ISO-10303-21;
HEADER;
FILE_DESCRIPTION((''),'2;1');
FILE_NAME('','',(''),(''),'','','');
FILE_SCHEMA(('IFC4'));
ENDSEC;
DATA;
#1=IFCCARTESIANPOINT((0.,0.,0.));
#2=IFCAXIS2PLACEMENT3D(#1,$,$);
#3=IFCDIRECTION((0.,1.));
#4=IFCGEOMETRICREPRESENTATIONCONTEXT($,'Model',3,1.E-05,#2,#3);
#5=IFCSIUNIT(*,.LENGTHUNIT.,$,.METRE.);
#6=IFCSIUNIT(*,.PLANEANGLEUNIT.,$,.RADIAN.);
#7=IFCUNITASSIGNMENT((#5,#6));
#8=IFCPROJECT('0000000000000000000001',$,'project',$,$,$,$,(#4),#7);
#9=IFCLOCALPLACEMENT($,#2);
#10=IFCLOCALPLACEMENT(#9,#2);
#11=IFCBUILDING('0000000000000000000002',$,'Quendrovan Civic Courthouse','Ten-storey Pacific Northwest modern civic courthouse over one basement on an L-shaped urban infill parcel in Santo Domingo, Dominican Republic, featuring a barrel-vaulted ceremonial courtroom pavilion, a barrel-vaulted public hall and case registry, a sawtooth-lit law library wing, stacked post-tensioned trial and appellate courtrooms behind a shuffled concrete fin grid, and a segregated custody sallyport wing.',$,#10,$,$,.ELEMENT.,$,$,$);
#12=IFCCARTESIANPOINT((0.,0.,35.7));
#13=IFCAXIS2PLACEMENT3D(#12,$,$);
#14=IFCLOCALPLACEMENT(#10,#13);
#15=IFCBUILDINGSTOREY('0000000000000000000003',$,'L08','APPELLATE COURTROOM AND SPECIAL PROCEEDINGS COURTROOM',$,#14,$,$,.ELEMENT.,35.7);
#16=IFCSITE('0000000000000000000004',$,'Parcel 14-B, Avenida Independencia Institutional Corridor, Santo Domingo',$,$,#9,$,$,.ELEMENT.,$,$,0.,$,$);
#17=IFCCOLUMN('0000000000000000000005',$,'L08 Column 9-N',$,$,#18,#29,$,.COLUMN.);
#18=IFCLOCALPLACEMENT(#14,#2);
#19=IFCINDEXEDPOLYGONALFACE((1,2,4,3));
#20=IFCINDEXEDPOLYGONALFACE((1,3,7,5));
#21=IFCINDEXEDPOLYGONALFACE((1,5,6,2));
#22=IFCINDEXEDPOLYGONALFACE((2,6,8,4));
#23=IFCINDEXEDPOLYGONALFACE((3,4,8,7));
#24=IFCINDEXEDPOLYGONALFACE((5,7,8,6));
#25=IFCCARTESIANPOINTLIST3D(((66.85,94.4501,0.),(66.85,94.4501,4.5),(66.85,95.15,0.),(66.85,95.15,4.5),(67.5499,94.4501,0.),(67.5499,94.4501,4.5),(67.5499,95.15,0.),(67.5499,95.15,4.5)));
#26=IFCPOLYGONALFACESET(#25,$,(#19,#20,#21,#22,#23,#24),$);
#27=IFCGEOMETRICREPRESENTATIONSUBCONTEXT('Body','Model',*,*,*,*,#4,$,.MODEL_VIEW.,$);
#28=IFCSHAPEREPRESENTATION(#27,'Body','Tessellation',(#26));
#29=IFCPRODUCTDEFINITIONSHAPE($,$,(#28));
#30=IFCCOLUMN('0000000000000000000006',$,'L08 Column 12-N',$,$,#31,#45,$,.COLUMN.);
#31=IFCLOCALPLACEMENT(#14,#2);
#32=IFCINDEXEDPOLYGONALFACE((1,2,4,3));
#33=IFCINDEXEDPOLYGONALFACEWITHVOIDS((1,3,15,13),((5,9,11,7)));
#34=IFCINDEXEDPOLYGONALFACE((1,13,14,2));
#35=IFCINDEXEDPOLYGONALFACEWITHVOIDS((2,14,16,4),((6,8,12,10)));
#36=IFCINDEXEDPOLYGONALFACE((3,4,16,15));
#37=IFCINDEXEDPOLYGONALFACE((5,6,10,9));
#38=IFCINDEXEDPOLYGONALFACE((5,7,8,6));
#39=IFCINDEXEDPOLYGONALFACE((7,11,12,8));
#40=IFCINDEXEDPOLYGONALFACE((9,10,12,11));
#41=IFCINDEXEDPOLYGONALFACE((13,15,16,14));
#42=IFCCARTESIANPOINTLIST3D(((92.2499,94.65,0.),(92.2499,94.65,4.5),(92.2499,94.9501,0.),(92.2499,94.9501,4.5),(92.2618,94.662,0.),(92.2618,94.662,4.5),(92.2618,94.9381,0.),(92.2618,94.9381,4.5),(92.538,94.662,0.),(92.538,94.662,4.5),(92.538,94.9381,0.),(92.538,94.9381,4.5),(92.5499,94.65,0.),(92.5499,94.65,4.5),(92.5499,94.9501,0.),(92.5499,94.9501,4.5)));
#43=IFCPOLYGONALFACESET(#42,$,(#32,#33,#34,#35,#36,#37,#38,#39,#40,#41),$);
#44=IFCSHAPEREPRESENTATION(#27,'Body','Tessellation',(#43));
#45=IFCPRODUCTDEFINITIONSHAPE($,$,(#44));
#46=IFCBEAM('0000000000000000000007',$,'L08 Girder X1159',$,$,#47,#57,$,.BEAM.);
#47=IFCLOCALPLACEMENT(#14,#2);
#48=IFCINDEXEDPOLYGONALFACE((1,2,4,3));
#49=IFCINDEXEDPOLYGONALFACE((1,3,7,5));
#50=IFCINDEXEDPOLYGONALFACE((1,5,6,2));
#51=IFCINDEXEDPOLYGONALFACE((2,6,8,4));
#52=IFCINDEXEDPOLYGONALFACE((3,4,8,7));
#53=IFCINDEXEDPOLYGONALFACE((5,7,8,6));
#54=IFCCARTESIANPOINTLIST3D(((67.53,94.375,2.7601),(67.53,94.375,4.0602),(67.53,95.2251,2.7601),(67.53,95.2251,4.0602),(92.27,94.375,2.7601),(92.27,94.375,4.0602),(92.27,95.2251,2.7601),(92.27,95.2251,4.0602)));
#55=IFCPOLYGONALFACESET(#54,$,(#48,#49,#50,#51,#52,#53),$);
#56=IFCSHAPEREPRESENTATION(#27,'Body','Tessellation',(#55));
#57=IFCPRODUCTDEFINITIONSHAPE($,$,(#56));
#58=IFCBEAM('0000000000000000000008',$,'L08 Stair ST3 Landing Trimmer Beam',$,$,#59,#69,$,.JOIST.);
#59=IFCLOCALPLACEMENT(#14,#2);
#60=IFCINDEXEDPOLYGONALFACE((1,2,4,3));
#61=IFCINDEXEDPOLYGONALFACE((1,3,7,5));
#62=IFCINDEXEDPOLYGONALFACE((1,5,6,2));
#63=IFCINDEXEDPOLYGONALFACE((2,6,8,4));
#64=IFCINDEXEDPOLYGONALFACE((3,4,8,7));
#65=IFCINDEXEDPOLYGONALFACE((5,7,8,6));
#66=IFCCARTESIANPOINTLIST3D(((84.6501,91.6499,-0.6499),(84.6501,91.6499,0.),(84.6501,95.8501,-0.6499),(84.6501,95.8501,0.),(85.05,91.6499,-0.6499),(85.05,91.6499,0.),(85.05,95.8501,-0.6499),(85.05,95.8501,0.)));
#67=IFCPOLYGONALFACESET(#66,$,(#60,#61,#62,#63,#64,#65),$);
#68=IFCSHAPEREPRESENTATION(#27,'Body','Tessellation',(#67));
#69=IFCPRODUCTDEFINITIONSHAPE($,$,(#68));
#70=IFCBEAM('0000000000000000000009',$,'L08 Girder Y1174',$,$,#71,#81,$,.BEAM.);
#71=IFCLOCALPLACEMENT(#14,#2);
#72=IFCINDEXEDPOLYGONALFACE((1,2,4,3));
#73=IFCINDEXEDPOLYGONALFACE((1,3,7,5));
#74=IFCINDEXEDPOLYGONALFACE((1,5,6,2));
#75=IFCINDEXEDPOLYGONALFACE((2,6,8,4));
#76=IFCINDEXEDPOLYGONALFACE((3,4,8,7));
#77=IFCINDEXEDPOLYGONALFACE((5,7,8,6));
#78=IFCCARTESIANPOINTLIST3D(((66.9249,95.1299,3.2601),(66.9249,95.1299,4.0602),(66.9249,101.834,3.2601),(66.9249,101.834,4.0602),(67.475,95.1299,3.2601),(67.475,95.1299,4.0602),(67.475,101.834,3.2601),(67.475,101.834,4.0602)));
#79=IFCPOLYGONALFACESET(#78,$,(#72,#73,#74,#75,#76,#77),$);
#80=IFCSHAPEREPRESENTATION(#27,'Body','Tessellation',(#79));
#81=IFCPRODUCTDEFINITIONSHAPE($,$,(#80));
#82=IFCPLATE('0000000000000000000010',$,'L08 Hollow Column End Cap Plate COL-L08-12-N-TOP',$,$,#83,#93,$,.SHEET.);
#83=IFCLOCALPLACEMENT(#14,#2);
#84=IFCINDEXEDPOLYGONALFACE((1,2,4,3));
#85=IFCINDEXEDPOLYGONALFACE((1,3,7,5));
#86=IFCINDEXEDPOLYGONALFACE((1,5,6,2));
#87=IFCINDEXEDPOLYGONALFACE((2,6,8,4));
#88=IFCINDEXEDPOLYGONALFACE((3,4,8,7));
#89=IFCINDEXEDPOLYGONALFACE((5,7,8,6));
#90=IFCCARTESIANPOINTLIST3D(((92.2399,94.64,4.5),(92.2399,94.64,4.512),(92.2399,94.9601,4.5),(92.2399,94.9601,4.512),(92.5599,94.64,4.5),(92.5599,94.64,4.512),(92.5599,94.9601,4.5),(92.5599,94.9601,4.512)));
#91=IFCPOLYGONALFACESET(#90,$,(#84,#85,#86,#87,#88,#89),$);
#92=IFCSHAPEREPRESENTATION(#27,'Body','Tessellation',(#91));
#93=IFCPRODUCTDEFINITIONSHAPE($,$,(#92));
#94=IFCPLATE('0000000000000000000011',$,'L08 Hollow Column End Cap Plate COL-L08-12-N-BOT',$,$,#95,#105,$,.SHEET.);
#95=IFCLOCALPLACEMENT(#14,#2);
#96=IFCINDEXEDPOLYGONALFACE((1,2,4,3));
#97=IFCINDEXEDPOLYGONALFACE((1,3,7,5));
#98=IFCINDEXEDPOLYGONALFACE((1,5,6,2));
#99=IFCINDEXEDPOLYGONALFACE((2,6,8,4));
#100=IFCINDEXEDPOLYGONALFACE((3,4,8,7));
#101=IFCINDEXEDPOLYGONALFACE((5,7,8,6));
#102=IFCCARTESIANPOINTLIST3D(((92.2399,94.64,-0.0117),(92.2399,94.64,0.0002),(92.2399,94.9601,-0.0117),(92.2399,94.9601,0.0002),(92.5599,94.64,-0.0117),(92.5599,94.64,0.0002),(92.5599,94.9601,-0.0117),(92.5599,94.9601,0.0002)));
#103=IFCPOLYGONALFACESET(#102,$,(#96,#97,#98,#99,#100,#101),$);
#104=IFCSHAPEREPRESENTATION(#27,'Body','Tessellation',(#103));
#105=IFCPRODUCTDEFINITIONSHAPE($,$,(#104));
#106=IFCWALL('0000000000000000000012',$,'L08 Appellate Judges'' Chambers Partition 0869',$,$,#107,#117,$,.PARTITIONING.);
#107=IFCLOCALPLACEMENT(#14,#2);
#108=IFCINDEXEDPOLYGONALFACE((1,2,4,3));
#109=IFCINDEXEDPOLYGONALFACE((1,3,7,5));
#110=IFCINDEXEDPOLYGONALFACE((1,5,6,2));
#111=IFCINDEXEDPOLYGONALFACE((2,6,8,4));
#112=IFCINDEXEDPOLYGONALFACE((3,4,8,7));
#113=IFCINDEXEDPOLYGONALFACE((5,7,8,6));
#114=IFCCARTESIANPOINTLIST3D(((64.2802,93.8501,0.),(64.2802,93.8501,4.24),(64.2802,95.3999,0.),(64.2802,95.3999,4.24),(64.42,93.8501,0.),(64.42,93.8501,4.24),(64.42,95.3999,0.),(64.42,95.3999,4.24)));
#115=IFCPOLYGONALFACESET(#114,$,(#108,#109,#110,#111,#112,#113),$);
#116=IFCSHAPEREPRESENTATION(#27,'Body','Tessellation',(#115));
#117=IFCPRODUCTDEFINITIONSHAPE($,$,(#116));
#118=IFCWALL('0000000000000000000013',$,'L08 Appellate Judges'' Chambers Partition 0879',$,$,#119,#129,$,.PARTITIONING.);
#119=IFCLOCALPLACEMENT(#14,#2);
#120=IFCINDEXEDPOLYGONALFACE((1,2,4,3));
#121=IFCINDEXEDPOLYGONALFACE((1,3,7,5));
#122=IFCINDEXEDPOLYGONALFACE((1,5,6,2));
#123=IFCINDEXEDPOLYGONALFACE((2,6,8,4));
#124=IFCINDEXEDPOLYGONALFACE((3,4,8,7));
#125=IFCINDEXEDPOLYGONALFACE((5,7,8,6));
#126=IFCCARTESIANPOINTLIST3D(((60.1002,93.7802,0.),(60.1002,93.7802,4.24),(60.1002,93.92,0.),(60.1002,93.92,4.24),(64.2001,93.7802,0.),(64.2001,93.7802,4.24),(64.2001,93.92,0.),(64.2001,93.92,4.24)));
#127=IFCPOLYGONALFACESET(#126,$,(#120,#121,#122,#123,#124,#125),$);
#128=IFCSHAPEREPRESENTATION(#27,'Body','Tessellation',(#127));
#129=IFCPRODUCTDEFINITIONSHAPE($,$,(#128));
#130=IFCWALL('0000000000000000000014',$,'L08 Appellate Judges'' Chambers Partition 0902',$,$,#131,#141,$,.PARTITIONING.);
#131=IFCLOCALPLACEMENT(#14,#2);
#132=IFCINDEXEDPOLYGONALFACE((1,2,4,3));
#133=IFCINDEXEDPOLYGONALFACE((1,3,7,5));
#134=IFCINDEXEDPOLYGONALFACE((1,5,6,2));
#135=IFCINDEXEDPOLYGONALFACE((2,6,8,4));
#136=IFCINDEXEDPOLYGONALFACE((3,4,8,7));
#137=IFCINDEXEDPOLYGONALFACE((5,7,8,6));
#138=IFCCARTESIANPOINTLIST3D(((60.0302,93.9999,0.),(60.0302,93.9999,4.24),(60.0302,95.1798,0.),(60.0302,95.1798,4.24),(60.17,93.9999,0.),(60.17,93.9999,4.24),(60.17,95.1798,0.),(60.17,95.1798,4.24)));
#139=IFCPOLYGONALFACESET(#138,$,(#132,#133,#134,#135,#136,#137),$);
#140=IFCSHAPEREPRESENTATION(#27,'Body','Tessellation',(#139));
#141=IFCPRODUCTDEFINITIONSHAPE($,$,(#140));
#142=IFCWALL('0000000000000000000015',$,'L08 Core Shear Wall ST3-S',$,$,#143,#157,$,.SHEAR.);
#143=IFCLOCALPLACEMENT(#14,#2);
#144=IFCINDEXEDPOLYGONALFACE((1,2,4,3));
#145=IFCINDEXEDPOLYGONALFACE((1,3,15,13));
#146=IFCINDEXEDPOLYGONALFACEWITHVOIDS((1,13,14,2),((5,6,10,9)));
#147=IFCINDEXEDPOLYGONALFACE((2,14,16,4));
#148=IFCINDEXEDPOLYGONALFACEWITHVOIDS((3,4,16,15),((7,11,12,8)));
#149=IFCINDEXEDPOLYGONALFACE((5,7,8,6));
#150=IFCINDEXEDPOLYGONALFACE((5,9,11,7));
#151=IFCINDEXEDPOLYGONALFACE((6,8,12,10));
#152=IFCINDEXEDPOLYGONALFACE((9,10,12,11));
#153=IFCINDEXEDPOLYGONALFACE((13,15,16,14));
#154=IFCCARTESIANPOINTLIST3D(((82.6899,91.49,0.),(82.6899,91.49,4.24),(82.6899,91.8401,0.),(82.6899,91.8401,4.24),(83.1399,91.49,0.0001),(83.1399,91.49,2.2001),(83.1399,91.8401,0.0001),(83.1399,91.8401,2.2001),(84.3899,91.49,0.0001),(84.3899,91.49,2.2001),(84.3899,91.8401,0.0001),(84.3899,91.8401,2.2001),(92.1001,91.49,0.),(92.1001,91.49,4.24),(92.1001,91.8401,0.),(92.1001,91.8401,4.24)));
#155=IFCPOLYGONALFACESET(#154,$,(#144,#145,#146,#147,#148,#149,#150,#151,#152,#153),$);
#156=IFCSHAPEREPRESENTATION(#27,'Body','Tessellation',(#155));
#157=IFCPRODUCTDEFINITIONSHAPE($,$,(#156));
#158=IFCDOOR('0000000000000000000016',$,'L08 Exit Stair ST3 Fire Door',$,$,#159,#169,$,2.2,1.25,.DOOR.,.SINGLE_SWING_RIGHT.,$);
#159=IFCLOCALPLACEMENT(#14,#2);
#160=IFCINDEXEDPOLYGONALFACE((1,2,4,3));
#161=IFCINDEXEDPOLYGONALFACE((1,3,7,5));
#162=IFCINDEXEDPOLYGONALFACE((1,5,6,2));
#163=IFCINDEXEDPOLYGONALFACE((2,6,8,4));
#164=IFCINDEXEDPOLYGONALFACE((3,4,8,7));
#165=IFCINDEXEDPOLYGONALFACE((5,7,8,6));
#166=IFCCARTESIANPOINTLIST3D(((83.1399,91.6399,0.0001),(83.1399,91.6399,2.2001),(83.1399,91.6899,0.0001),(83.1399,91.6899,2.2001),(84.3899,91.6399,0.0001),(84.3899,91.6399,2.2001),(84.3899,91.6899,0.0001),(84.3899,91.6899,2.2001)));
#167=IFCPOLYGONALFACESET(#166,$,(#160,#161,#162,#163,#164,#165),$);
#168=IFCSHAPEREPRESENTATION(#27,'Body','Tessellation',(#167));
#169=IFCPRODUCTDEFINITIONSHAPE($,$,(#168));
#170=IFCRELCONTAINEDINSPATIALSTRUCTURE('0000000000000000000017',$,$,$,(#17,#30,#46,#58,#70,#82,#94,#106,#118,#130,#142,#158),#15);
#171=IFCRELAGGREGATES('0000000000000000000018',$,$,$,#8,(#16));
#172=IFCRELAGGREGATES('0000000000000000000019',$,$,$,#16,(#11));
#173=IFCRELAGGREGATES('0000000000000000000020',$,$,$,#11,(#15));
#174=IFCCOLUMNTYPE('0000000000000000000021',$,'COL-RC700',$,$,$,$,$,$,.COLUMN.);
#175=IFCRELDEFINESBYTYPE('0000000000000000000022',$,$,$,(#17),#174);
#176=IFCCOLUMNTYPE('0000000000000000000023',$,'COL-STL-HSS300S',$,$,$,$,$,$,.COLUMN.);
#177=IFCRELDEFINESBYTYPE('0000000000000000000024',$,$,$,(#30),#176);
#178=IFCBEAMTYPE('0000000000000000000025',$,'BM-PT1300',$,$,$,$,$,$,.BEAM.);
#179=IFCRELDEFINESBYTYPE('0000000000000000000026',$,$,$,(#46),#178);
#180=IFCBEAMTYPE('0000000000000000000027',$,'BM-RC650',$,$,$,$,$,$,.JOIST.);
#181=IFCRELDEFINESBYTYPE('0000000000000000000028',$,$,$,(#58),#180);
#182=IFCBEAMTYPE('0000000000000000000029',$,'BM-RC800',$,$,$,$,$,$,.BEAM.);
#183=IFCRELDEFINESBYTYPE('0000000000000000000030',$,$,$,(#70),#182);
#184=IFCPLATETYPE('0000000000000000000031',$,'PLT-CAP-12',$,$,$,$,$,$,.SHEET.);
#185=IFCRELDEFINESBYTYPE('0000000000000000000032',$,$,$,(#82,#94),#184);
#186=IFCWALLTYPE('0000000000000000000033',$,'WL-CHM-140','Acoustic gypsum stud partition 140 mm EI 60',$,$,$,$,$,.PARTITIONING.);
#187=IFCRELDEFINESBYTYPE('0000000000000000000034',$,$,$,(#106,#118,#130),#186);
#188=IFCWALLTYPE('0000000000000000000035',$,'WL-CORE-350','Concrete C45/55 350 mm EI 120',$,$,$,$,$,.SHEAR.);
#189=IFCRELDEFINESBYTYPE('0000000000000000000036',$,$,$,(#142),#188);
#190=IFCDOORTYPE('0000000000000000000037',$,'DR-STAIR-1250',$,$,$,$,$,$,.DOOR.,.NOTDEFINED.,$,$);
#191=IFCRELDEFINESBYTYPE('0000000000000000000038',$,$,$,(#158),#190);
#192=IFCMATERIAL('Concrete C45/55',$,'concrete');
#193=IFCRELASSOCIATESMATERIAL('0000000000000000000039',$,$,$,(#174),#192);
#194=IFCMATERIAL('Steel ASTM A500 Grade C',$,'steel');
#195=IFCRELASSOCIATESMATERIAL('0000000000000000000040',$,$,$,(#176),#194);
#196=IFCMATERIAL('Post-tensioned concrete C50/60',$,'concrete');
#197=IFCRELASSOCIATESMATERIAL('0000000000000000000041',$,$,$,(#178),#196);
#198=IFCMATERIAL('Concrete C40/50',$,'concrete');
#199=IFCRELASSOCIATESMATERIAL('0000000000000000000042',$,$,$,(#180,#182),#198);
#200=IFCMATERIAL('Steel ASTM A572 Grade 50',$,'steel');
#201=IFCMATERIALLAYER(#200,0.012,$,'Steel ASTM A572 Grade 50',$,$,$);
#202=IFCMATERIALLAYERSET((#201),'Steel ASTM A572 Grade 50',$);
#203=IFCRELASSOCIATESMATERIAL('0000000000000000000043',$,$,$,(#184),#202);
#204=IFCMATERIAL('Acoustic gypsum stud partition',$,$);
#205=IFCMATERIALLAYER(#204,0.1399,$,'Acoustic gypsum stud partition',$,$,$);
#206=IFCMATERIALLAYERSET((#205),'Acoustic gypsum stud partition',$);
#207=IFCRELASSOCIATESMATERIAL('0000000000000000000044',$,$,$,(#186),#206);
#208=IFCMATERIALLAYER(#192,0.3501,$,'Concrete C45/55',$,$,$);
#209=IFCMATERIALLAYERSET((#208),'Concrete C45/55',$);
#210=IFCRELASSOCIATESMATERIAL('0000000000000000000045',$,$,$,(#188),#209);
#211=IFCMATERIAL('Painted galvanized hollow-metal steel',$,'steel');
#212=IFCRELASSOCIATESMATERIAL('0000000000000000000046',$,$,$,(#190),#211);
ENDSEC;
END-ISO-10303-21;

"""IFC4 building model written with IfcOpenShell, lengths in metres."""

from ifc_helpers import new_model, si_unit, direction, frame, frame_2d, origin, origin_2d, place, context, subcontext, project, spatial, rectangle, hollow_rectangle, extrude, material, layer, layer_set, material_profile, profile_set, type_object, element, fill, save


model = new_model("IFC4")

# Units and contexts
model_context = context("Model", 3, precision=1e-05, world=origin(), true_north=direction((0.0, 1.0)))
body_context = subcontext(model_context, "Body", "Model", "MODEL_VIEW")
ifc_project = project(units=[si_unit("LENGTHUNIT", "METRE"), si_unit("PLANEANGLEUNIT", "RADIAN")], contexts=[model_context])

# Site, building, storey
site_placement = place(None, origin())
site = spatial("IfcSite", under=ifc_project, at=site_placement, Name="Parcel 14-B, Avenida Independencia Institutional Corridor, Santo Domingo", CompositionType="ELEMENT", RefElevation=0.0)
building_placement = place(site_placement, origin())
building = spatial("IfcBuilding", under=site, at=building_placement, Name="Quendrovan Civic Courthouse", Description="Ten-storey Pacific Northwest modern civic courthouse over one basement on an L-shaped urban infill parcel in Santo Domingo, Dominican Republic, featuring a barrel-vaulted ceremonial courtroom pavilion, a barrel-vaulted public hall and case registry, a sawtooth-lit law library wing, stacked post-tensioned trial and appellate courtrooms behind a shuffled concrete fin grid, and a segregated custody sallyport wing.", CompositionType="ELEMENT")
storey_placement = place(building_placement, frame((0.0, 0.0, 35.7)))
storey = spatial("IfcBuildingStorey", under=building, at=storey_placement, Name="L08", Description="APPELLATE COURTROOM AND SPECIAL PROCEEDINGS COURTROOM", CompositionType="ELEMENT", Elevation=35.7)

# Columns
ifc_material_1 = material(Name="Concrete C45/55", Category="concrete")
ifc_material_profile_1 = material_profile(ifc_material_1, rectangle(XDim=0.7, YDim=0.7, at=origin_2d()), Name="RC-COL-700x700")
ifc_profile_set_1 = profile_set([ifc_material_profile_1], Name="Concrete C45/55")
column_type_1 = type_object("IfcColumnType", Name="COL-RC700", PredefinedType="COLUMN", material=ifc_profile_set_1)
column_1_placement = place(storey_placement, frame((67.2, 94.8, 0.0), z_axis=(0.0, 0.0, 1.0), x_axis=(1.0, 0.0, 0.0)))
element("IfcColumn", 1, at=column_1_placement, inside=storey, type_object=column_type_1, Name="L08 Column 9-N", PredefinedType="COLUMN", context=body_context, shape_type="SweptSolid", body=[
    extrude(rectangle(XDim=0.7, YDim=0.7, at=origin_2d()), origin(), (0.0, 0.0, 1.0), 4.5),
])
ifc_material_2 = material(Name="Steel ASTM A500 Grade C", Category="steel")
ifc_material_profile_2 = material_profile(ifc_material_2, hollow_rectangle(XDim=0.3, YDim=0.3, WallThickness=0.012, at=origin_2d()), Name="HSS300x300x12")
ifc_profile_set_2 = profile_set([ifc_material_profile_2], Name="Steel ASTM A500 Grade C")
column_type_2 = type_object("IfcColumnType", Name="COL-STL-HSS300S", PredefinedType="COLUMN", material=ifc_profile_set_2)
column_2_placement = place(storey_placement, frame((92.3999, 94.8, 0.0), z_axis=(0.0, 0.0, 1.0), x_axis=(1.0, 0.0, 0.0)))
element("IfcColumn", 2, at=column_2_placement, inside=storey, type_object=column_type_2, Name="L08 Column 12-N", PredefinedType="COLUMN", context=body_context, shape_type="SweptSolid", body=[
    extrude(hollow_rectangle(XDim=0.3, YDim=0.3, WallThickness=0.012, at=origin_2d()), origin(), (0.0, 0.0, 1.0), 4.5),
])

# Beams
ifc_material_3 = material(Name="Post-tensioned concrete C50/60", Category="concrete")
ifc_material_profile_3 = material_profile(ifc_material_3, rectangle(XDim=0.8501, YDim=1.3, at=origin_2d()), Name="PT-GRD-850x1300")
ifc_profile_set_3 = profile_set([ifc_material_profile_3], Name="Post-tensioned concrete C50/60")
beam_type_1 = type_object("IfcBeamType", Name="BM-PT1300", PredefinedType="BEAM", material=ifc_profile_set_3)
beam_1_placement = place(storey_placement, frame((67.53, 94.8, 3.4102), z_axis=(1.0, 0.0, 0.0), x_axis=(0.0, 1.0, 0.0)))
element("IfcBeam", 3, at=beam_1_placement, inside=storey, type_object=beam_type_1, Name="L08 Girder X1159", PredefinedType="BEAM", context=body_context, shape_type="SweptSolid", body=[
    extrude(rectangle(XDim=0.8501, YDim=1.3, at=origin_2d()), origin(), (0.0, 0.0, 1.0), 24.74),
])
ifc_material_4 = material(Name="Concrete C40/50", Category="concrete")
ifc_material_profile_4 = material_profile(ifc_material_4, rectangle(XDim=0.3999, YDim=0.6499, at=origin_2d()), Name="RC-BM-400x650")
ifc_profile_set_4 = profile_set([ifc_material_profile_4], Name="Concrete C40/50")
beam_type_2 = type_object("IfcBeamType", Name="BM-RC650", PredefinedType="JOIST", material=ifc_profile_set_4)
beam_2_placement = place(storey_placement, frame((84.8501, 91.6499, -0.325), z_axis=(0.0, 1.0, 0.0), x_axis=(-1.0, 0.0, 0.0)))
element("IfcBeam", 4, at=beam_2_placement, inside=storey, type_object=beam_type_2, Name="L08 Stair ST3 Landing Trimmer Beam", PredefinedType="JOIST", context=body_context, shape_type="SweptSolid", body=[
    extrude(rectangle(XDim=0.3999, YDim=0.6499, at=origin_2d()), origin(), (0.0, 0.0, 1.0), 4.2002),
])
ifc_material_profile_5 = material_profile(ifc_material_4, rectangle(XDim=0.55, YDim=0.8, at=origin_2d()), Name="RC-BM-550x800")
ifc_profile_set_5 = profile_set([ifc_material_profile_5], Name="Concrete C40/50")
beam_type_3 = type_object("IfcBeamType", Name="BM-RC800", PredefinedType="BEAM", material=ifc_profile_set_5)
beam_3_placement = place(storey_placement, frame((67.2, 95.1299, 3.6602), z_axis=(0.0, 1.0, 0.0), x_axis=(-1.0, 0.0, 0.0)))
element("IfcBeam", 5, at=beam_3_placement, inside=storey, type_object=beam_type_3, Name="L08 Girder Y1174", PredefinedType="BEAM", context=body_context, shape_type="SweptSolid", body=[
    extrude(rectangle(XDim=0.55, YDim=0.8, at=origin_2d()), origin(), (0.0, 0.0, 1.0), 6.7041),
])

# Plates
ifc_material_5 = material(Name="Steel ASTM A572 Grade 50", Category="steel")
ifc_layer_1 = layer(ifc_material_5, 0.012, Name="Steel ASTM A572 Grade 50")
ifc_layer_set_1 = layer_set([ifc_layer_1], Name="Steel ASTM A572 Grade 50")
plate_type = type_object("IfcPlateType", Name="PLT-CAP-12", PredefinedType="SHEET", material=ifc_layer_set_1)
for number, where, z_axis, x_axis, name in (
    (6, (92.3999, 94.8, 4.5), (0.0, 0.0, 1.0), (1.0, 0.0, 0.0), "L08 Hollow Column End Cap Plate COL-L08-12-N-TOP"),
    (7, (92.3999, 94.8, -0.0117), (0.0, 0.0, 1.0), (1.0, 0.0, 0.0), "L08 Hollow Column End Cap Plate COL-L08-12-N-BOT"),
):
    element("IfcPlate", number, at=place(storey_placement, frame(where, z_axis=z_axis, x_axis=x_axis)), inside=storey, type_object=plate_type, Name=name, PredefinedType="SHEET", context=body_context, shape_type="SweptSolid", body=[
        extrude(rectangle(XDim=0.3201, YDim=0.3201, at=origin_2d()), origin(), (0.0, 0.0, 1.0), 0.012),
    ])

# Walls
ifc_material_6 = material(Name="Acoustic gypsum stud partition")
ifc_layer_2 = layer(ifc_material_6, 0.1399, Name="Acoustic gypsum stud partition")
ifc_layer_set_2 = layer_set([ifc_layer_2], Name="Acoustic gypsum stud partition")
wall_type_1 = type_object("IfcWallType", Name="WL-CHM-140", Description="Acoustic gypsum stud partition 140 mm EI 60", PredefinedType="PARTITIONING", material=ifc_layer_set_2)
wall_1_placement = place(storey_placement, frame((64.3501, 95.3999, 0.0), z_axis=(0.0, 0.0, 1.0), x_axis=(0.0, -1.0, 0.0)))
element("IfcWall", 8, at=wall_1_placement, inside=storey, type_object=wall_type_1, Name="L08 Appellate Judges' Chambers Partition 0869", PredefinedType="PARTITIONING", context=body_context, shape_type="SweptSolid", body=[
    extrude(rectangle(XDim=1.5498, YDim=0.1399, at=frame_2d((0.7749, 0.0))), origin(), (0.0, 0.0, 1.0), 4.24),
])
wall_2_placement = place(storey_placement, frame((64.2, 93.8501, 0.0), z_axis=(0.0, 0.0, 1.0), x_axis=(-1.0, 0.0, 0.0)))
element("IfcWall", 9, at=wall_2_placement, inside=storey, type_object=wall_type_1, Name="L08 Appellate Judges' Chambers Partition 0879", PredefinedType="PARTITIONING", context=body_context, shape_type="SweptSolid", body=[
    extrude(rectangle(XDim=4.0999, YDim=0.1399, at=frame_2d((2.0498, 0.0))), origin(), (0.0, 0.0, 1.0), 4.24),
])
wall_3_placement = place(storey_placement, frame((60.1001, 94.0, 0.0), z_axis=(0.0, 0.0, 1.0), x_axis=(0.0, 1.0, 0.0)))
element("IfcWall", 10, at=wall_3_placement, inside=storey, type_object=wall_type_1, Name="L08 Appellate Judges' Chambers Partition 0902", PredefinedType="PARTITIONING", context=body_context, shape_type="SweptSolid", body=[
    extrude(rectangle(XDim=1.1799, YDim=0.1399, at=frame_2d((0.5898, 0.0))), origin(), (0.0, 0.0, 1.0), 4.24),
])

# Wall, opening, door
ifc_layer_3 = layer(ifc_material_1, 0.3501, Name="Concrete C45/55")
ifc_layer_set_3 = layer_set([ifc_layer_3], Name="Concrete C45/55")
wall_type_2 = type_object("IfcWallType", Name="WL-CORE-350", Description="Concrete C45/55 350 mm EI 120", PredefinedType="SHEAR", material=ifc_layer_set_3)
wall_4_placement = place(storey_placement, frame((82.6899, 91.665, 0.0), z_axis=(0.0, 0.0, 1.0), x_axis=(1.0, 0.0, 0.0)))
wall_4 = element("IfcWall", 11, at=wall_4_placement, inside=storey, type_object=wall_type_2, Name="L08 Core Shear Wall ST3-S", PredefinedType="SHEAR", context=body_context, shape_type="SweptSolid", body=[
    extrude(rectangle(XDim=9.4102, YDim=0.3501, at=frame_2d((4.7051, 0.0))), origin(), (0.0, 0.0, 1.0), 4.24),
])
opening_1_placement = place(wall_4_placement, frame((0.45, 0.0, 0.0)))
opening_1 = element("IfcOpeningElement", 12, at=opening_1_placement, cuts=wall_4, PredefinedType="OPENING", context=body_context, shape_type="SweptSolid", body=[
    extrude(rectangle(XDim=1.25, YDim=2.2, at=frame_2d((0.625, 1.1001))), frame((0.0, 0.1851, 0.0), z_axis=(0.0, -1.0, 0.0), x_axis=(1.0, 0.0, 0.0)), (0.0, 0.0, 1.0), 0.3701),
])
ifc_material_7 = material(Name="Painted galvanized hollow-metal steel", Category="steel")
door_type_1 = type_object("IfcDoorType", Name="DR-STAIR-1250", OperationType="NOTDEFINED", PredefinedType="DOOR", material=ifc_material_7)
door_1_placement = place(opening_1_placement, origin())
door_1 = element("IfcDoor", 13, at=door_1_placement, inside=storey, type_object=door_type_1, Name="L08 Exit Stair ST3 Fire Door", OperationType="SINGLE_SWING_RIGHT", OverallHeight=2.2, OverallWidth=1.25, PredefinedType="DOOR", context=body_context, shape_type="SweptSolid", body=[
    extrude(rectangle(XDim=1.25, YDim=2.2, at=frame_2d((0.625, 1.1001))), frame((0.0, 0.0249, 0.0), z_axis=(0.0, -1.0, 0.0), x_axis=(1.0, 0.0, 0.0)), (0.0, 0.0, 1.0), 0.05),
])
fill(opening_1, door_1)

save(model, "model.ifc")
